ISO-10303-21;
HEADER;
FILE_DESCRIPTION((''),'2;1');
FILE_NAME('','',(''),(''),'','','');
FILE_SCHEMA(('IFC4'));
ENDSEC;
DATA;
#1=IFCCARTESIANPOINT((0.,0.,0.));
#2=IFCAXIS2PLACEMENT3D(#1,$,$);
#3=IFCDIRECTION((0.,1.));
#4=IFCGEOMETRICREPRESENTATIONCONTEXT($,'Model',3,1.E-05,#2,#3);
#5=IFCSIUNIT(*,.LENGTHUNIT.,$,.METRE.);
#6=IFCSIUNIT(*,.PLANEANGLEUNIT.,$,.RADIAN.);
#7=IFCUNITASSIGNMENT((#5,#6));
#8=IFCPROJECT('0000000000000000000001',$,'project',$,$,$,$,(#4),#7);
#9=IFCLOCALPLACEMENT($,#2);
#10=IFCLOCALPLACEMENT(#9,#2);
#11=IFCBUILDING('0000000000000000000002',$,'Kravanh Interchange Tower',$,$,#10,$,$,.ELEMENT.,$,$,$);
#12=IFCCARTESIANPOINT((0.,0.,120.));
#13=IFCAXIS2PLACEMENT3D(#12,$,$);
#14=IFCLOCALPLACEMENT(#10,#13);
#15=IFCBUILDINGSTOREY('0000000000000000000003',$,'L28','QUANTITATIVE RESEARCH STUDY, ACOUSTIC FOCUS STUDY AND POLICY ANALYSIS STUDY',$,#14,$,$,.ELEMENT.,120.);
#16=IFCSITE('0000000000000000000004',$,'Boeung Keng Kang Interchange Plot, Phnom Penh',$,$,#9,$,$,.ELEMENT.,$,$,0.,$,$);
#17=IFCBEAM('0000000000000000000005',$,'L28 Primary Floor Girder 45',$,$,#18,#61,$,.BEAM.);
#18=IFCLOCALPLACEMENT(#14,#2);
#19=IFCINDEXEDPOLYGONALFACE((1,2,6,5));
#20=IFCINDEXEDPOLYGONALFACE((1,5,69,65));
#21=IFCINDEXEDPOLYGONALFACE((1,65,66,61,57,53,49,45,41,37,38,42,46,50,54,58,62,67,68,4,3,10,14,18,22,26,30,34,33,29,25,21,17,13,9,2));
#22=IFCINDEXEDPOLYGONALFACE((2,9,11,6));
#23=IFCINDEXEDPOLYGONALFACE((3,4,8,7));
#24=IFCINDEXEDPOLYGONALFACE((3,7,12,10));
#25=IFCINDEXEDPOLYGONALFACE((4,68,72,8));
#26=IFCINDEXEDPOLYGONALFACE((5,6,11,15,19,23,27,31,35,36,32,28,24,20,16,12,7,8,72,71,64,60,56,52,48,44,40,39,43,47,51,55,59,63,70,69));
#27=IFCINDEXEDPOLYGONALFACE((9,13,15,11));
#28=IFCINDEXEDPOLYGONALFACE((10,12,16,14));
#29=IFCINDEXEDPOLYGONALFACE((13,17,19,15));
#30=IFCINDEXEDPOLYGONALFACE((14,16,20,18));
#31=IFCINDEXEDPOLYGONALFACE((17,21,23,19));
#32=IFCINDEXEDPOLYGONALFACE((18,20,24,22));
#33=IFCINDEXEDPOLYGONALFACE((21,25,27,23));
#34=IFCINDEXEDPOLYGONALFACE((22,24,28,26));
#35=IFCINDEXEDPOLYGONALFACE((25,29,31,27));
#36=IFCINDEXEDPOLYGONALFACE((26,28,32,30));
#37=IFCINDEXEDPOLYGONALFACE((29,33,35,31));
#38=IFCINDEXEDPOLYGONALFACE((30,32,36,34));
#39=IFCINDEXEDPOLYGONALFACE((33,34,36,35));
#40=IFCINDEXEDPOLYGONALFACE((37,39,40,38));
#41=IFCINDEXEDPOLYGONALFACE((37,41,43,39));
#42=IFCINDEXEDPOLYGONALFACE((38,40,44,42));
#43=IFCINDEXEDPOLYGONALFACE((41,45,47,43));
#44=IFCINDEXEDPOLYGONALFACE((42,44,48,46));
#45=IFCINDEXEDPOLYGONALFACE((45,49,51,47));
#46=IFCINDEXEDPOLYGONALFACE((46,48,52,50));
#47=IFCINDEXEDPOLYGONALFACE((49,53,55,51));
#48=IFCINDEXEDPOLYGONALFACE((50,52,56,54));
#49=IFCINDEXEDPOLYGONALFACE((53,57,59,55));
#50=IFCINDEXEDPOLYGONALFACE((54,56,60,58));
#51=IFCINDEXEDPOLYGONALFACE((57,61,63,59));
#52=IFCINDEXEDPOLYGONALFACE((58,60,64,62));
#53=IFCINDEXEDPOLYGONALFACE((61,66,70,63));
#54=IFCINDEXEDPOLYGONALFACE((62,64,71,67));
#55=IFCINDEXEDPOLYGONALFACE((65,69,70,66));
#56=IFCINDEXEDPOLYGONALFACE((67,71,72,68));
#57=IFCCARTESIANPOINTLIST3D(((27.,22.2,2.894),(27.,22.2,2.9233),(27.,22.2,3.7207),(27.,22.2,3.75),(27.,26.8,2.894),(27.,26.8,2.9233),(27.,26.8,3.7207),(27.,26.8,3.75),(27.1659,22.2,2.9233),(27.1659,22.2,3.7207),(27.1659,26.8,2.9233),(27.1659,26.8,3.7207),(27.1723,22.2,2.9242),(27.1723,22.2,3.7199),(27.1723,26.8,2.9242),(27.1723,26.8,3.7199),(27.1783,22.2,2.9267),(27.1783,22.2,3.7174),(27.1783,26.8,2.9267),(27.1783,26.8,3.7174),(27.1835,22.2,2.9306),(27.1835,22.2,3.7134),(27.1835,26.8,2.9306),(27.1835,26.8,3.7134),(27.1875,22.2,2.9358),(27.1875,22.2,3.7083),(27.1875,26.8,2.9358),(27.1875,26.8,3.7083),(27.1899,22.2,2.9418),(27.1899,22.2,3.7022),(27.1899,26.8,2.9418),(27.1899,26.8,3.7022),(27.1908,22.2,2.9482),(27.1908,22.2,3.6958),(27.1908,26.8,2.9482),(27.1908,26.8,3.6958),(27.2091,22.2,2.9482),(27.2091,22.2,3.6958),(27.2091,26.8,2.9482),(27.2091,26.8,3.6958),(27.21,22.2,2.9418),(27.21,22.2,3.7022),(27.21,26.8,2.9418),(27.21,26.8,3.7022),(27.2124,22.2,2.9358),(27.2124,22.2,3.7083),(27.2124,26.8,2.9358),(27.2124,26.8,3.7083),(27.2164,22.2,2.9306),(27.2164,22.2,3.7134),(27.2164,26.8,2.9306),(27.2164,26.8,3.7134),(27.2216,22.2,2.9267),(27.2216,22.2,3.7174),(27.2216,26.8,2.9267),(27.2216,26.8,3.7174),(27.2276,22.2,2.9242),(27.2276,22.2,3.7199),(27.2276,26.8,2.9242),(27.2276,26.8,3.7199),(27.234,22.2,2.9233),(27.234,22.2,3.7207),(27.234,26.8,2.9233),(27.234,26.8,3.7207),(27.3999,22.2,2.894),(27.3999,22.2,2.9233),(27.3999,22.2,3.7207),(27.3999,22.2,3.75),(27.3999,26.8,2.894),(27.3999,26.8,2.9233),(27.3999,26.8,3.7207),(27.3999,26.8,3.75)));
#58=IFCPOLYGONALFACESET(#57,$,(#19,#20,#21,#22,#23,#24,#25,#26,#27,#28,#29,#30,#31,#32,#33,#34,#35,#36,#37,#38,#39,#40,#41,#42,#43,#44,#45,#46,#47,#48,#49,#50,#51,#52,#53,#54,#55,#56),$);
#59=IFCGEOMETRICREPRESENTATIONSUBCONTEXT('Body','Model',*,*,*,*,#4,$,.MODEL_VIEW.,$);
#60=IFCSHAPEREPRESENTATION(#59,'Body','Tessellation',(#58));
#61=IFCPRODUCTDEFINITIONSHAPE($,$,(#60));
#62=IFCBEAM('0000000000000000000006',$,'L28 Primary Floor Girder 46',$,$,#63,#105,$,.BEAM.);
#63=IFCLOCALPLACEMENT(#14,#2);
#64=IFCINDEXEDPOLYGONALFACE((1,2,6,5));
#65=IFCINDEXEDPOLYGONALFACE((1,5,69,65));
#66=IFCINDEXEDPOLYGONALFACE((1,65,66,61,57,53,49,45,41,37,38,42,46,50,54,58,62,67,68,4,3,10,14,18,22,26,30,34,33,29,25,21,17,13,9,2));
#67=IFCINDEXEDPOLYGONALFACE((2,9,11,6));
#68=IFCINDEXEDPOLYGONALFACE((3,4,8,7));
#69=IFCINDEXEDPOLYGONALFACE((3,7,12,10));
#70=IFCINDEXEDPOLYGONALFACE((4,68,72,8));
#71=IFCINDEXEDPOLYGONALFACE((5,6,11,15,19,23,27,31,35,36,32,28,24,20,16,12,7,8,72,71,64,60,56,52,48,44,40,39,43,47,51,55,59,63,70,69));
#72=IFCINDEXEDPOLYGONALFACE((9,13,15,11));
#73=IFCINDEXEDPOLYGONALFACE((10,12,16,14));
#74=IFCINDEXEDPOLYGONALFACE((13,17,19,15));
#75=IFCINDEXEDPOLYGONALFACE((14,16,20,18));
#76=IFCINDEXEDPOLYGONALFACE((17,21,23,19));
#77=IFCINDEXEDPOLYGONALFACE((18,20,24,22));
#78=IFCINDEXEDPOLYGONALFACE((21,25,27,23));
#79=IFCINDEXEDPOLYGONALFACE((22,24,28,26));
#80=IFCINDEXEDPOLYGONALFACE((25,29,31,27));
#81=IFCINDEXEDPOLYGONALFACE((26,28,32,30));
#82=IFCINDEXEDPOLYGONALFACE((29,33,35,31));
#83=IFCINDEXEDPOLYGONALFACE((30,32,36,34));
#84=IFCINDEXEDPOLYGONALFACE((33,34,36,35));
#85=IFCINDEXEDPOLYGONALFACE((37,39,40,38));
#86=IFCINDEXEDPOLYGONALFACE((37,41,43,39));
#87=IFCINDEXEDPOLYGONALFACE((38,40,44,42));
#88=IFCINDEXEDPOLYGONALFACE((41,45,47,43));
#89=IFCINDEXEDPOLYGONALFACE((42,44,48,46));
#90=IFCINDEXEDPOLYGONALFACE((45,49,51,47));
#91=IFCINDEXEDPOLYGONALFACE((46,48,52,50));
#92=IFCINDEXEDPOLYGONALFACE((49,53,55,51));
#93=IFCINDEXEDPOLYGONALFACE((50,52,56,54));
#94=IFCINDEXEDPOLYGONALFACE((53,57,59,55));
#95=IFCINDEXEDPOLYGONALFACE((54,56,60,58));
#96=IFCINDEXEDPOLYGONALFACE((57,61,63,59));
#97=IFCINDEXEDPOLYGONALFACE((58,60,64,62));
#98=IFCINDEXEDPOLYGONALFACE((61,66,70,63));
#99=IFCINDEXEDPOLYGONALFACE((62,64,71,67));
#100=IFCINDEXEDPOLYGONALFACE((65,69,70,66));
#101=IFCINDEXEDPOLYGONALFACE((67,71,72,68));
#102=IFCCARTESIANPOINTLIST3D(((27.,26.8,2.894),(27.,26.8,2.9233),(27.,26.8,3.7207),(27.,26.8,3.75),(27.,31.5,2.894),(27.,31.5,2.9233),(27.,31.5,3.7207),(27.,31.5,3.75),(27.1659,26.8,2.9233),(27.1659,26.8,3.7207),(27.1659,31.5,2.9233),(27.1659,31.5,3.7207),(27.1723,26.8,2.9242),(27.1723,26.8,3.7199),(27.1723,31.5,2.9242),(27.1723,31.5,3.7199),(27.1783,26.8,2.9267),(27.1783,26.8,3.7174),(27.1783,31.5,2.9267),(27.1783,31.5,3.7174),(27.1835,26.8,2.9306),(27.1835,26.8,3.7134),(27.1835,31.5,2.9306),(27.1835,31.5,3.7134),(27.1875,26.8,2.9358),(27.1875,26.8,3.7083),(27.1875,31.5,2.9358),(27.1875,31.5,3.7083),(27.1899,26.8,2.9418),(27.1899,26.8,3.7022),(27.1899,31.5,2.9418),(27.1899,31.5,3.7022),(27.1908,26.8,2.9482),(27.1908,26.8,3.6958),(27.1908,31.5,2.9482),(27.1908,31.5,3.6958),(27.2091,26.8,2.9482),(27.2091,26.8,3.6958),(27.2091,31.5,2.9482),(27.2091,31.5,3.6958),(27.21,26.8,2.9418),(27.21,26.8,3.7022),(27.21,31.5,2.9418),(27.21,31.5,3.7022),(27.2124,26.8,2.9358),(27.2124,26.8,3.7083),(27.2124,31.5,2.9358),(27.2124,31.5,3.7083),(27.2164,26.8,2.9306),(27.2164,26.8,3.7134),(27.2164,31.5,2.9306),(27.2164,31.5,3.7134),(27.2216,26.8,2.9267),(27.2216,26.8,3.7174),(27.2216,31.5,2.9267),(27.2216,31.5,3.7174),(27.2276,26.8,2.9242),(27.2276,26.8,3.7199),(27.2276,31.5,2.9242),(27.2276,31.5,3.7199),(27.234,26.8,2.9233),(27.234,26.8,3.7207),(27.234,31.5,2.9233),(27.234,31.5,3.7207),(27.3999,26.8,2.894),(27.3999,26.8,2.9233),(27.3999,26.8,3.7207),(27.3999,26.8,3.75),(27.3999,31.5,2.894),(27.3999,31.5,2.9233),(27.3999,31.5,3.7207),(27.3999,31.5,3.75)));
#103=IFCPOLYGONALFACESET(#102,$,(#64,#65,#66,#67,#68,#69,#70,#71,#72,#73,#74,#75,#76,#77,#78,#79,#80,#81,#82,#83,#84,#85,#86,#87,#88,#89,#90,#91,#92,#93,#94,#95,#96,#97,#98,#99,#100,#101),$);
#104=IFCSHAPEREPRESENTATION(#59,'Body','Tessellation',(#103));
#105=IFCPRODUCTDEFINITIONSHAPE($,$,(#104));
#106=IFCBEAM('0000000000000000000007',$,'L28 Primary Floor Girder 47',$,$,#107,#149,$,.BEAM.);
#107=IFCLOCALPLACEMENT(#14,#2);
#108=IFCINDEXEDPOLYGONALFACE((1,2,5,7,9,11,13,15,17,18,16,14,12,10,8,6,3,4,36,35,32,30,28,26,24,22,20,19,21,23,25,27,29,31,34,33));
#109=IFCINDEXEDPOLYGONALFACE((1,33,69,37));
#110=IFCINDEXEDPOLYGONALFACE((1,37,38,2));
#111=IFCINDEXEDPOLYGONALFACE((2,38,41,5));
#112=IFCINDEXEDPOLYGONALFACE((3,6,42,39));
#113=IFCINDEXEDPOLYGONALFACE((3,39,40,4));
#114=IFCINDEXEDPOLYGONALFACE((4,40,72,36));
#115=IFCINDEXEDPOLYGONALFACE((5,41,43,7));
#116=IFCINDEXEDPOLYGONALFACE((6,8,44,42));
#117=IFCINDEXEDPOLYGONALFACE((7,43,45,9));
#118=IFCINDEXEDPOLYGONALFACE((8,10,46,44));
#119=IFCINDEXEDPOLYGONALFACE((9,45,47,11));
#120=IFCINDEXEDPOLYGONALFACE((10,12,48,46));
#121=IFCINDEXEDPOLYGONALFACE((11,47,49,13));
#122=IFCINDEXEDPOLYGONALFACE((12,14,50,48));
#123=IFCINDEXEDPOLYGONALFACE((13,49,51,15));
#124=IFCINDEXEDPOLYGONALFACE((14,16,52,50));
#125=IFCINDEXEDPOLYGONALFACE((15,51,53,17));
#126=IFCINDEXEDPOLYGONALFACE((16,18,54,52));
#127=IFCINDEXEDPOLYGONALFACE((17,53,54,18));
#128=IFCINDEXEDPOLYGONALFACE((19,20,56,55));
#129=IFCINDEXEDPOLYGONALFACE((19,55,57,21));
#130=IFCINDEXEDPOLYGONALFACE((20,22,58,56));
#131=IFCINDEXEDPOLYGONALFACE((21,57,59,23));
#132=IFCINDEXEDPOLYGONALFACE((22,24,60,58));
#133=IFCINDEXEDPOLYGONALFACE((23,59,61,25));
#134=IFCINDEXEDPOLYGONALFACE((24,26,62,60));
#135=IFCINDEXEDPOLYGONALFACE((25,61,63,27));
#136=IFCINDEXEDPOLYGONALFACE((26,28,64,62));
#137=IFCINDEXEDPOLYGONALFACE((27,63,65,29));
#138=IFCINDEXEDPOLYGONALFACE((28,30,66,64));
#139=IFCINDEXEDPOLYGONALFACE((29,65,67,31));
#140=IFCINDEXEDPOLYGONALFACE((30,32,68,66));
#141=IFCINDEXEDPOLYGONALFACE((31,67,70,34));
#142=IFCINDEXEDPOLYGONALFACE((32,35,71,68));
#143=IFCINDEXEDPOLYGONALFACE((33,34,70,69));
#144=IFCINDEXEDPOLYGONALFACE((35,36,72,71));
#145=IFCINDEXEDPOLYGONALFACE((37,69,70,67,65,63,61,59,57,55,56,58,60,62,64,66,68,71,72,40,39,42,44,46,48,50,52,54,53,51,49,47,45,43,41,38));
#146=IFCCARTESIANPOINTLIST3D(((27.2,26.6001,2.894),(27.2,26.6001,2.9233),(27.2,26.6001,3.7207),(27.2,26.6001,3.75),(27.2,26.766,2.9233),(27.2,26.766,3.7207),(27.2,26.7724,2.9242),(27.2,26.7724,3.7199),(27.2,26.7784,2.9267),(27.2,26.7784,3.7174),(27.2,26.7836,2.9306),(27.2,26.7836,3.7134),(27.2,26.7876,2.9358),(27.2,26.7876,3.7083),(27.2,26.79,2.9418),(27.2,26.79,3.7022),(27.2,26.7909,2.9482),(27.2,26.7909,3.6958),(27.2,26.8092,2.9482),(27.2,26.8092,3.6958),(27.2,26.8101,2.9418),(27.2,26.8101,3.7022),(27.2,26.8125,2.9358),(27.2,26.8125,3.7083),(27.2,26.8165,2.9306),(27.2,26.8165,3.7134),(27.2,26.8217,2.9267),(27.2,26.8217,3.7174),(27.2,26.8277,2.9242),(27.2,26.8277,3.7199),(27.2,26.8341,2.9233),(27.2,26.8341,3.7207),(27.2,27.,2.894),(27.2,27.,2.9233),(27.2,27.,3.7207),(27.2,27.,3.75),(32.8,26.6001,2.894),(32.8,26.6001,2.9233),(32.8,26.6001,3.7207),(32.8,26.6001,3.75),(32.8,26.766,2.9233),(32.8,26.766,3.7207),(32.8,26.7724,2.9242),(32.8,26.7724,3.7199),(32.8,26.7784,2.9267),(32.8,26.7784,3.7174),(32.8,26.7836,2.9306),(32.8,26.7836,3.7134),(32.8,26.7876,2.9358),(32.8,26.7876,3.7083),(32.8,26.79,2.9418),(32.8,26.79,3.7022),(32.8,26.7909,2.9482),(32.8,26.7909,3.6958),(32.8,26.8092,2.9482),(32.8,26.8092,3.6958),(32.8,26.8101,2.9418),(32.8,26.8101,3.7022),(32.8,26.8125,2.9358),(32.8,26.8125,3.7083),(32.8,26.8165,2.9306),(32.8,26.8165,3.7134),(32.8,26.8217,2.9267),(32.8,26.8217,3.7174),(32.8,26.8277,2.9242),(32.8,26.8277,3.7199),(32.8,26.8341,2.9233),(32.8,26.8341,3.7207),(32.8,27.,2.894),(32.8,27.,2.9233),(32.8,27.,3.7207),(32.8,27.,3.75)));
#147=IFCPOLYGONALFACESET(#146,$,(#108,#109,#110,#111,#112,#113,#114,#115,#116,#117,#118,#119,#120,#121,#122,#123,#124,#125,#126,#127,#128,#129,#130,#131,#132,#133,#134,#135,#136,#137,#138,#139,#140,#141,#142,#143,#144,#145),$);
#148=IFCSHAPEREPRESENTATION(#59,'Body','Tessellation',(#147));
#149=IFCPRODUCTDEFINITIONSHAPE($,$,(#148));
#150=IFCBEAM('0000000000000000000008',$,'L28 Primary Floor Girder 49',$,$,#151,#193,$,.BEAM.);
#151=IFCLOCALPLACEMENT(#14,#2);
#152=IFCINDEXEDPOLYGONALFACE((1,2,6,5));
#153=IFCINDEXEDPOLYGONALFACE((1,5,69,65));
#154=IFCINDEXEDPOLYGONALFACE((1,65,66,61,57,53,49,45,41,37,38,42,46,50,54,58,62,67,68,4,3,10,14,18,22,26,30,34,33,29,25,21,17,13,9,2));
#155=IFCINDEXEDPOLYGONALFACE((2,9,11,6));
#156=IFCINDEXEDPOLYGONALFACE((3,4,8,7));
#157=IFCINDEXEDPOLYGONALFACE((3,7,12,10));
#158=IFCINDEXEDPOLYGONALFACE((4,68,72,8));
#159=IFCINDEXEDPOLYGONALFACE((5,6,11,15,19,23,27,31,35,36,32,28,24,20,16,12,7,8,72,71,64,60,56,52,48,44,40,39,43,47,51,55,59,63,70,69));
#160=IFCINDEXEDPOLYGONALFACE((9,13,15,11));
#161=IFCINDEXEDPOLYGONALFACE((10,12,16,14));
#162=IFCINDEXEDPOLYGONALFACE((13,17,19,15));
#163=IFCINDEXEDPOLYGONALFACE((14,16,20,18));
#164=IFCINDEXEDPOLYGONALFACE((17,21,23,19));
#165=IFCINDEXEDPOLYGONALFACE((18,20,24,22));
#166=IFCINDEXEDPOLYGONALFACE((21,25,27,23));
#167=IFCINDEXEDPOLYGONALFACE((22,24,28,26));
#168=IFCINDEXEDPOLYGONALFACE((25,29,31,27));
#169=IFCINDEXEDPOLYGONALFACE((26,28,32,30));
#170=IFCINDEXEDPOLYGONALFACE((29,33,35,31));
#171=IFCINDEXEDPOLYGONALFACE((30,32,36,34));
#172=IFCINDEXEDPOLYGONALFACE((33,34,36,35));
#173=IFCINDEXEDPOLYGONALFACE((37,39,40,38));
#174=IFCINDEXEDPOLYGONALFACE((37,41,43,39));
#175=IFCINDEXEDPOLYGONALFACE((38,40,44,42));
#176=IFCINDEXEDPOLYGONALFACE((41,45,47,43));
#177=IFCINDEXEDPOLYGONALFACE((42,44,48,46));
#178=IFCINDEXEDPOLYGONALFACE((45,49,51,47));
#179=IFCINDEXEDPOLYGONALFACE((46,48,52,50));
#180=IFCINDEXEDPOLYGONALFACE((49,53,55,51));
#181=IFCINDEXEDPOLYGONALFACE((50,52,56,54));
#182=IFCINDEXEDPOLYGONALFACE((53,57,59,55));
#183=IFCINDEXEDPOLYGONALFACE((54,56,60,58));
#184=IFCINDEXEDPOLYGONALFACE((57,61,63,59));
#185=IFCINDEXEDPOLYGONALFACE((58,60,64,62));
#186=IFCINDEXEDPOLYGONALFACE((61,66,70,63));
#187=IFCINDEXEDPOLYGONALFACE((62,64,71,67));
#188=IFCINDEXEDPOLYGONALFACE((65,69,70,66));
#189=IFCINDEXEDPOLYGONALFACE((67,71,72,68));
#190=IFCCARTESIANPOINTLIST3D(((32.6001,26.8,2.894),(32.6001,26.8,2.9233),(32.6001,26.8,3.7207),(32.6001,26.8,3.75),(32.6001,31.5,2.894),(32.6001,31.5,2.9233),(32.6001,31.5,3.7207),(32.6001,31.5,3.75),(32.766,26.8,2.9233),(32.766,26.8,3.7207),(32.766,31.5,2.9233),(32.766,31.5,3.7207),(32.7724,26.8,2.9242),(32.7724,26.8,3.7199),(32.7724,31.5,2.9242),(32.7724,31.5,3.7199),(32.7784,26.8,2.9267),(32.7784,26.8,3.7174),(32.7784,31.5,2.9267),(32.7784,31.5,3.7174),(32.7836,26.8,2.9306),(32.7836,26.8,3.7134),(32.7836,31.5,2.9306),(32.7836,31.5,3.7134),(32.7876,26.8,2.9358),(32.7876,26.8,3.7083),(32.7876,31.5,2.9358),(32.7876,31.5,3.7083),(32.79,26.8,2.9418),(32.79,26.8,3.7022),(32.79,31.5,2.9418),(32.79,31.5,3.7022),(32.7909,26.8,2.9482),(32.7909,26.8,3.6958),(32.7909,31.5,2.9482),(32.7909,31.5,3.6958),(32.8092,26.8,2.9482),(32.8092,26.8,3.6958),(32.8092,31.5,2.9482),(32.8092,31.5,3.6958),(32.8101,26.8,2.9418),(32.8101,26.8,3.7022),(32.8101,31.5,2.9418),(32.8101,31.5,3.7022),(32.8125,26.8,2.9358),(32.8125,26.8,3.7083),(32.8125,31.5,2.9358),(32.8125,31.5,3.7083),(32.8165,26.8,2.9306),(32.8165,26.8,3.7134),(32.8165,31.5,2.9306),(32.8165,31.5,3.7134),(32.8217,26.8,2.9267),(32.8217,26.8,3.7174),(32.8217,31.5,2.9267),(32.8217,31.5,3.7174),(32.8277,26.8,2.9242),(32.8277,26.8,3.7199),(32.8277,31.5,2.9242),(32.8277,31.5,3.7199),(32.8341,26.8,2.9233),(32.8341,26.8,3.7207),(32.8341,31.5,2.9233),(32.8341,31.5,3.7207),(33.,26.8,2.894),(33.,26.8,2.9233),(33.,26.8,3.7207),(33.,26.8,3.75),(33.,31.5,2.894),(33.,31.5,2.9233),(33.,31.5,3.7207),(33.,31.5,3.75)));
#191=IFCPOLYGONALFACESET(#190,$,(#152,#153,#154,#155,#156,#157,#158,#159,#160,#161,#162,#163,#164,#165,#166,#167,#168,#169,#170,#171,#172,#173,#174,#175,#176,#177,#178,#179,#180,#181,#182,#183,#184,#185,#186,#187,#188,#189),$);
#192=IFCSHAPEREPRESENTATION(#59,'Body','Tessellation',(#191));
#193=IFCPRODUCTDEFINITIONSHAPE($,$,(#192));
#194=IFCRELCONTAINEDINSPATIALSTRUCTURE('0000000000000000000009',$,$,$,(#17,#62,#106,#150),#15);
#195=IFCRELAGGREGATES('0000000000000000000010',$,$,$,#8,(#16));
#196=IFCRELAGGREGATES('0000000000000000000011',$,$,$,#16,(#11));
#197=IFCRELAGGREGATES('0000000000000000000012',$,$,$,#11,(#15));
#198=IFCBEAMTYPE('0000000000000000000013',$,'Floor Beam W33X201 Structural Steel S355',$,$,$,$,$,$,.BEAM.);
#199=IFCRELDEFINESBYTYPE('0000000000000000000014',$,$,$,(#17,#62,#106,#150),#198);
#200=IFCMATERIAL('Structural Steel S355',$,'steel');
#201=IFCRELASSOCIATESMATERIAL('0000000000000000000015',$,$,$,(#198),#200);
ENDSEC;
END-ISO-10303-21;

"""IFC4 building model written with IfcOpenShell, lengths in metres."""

from ifc_helpers import new_model, si_unit, direction, frame, origin, origin_2d, place, context, subcontext, project, spatial, i_section, extrude, material, material_profile, profile_set, type_object, element, save


model = new_model("IFC4")

# Units and contexts
model_context = context("Model", 3, precision=1e-05, world=origin(), true_north=direction((0.0, 1.0)))
body_context = subcontext(model_context, "Body", "Model", "MODEL_VIEW")
ifc_project = project(units=[si_unit("LENGTHUNIT", "METRE"), si_unit("PLANEANGLEUNIT", "RADIAN")], contexts=[model_context])

# Site, building, storey
site_placement = place(None, origin())
site = spatial("IfcSite", under=ifc_project, at=site_placement, Name="Boeung Keng Kang Interchange Plot, Phnom Penh", CompositionType="ELEMENT", RefElevation=0.0)
building_placement = place(site_placement, origin())
building = spatial("IfcBuilding", under=site, at=building_placement, Name="Kravanh Interchange Tower", CompositionType="ELEMENT")
storey_placement = place(building_placement, frame((0.0, 0.0, 120.0)))
storey = spatial("IfcBuildingStorey", under=building, at=storey_placement, Name="L28", Description="QUANTITATIVE RESEARCH STUDY, ACOUSTIC FOCUS STUDY AND POLICY ANALYSIS STUDY", CompositionType="ELEMENT", Elevation=120.0)

# Beams
ifc_material_1 = material(Name="Structural Steel S355", Category="steel")
ifc_material_profile_1 = material_profile(ifc_material_1, i_section(OverallWidth=0.3999, OverallDepth=0.856, WebThickness=0.0183, FlangeThickness=0.0293, FilletRadius=0.0249, at=origin_2d()), Name="W33X201")
ifc_profile_set_1 = profile_set([ifc_material_profile_1], Name="Structural Steel S355")
beam_type_1 = type_object("IfcBeamType", Name="Floor Beam W33X201 Structural Steel S355", PredefinedType="BEAM", material=ifc_profile_set_1)
beam_1_placement = place(storey_placement, frame((27.2, 26.8, 3.322), z_axis=(0.0, -1.0, 0.0), x_axis=(1.0, 0.0, 0.0)))
element("IfcBeam", 1, at=beam_1_placement, inside=storey, type_object=beam_type_1, Name="L28 Primary Floor Girder 45", PredefinedType="BEAM", context=body_context, shape_type="SweptSolid", body=[
    extrude(i_section(OverallWidth=0.3999, OverallDepth=0.856, WebThickness=0.0183, FlangeThickness=0.0293, FilletRadius=0.0249, at=origin_2d()), origin(), (0.0, 0.0, 1.0), 4.6001),
])
beam_2_placement = place(storey_placement, frame((27.2, 26.8, 3.322), z_axis=(0.0, 1.0, 0.0), x_axis=(-1.0, 0.0, 0.0)))
element("IfcBeam", 2, at=beam_2_placement, inside=storey, type_object=beam_type_1, Name="L28 Primary Floor Girder 46", PredefinedType="BEAM", context=body_context, shape_type="SweptSolid", body=[
    extrude(i_section(OverallWidth=0.3999, OverallDepth=0.856, WebThickness=0.0183, FlangeThickness=0.0293, FilletRadius=0.0249, at=origin_2d()), origin(), (0.0, 0.0, 1.0), 4.7),
])
beam_3_placement = place(storey_placement, frame((27.2, 26.8, 3.322), z_axis=(1.0, 0.0, 0.0), x_axis=(0.0, 1.0, 0.0)))
element("IfcBeam", 3, at=beam_3_placement, inside=storey, type_object=beam_type_1, Name="L28 Primary Floor Girder 47", PredefinedType="BEAM", context=body_context, shape_type="SweptSolid", body=[
    extrude(i_section(OverallWidth=0.3999, OverallDepth=0.856, WebThickness=0.0183, FlangeThickness=0.0293, FilletRadius=0.0249, at=origin_2d()), origin(), (0.0, 0.0, 1.0), 5.6001),
])
beam_4_placement = place(storey_placement, frame((32.8, 26.8, 3.322), z_axis=(0.0, 1.0, 0.0), x_axis=(-1.0, 0.0, 0.0)))
element("IfcBeam", 4, at=beam_4_placement, inside=storey, type_object=beam_type_1, Name="L28 Primary Floor Girder 49", PredefinedType="BEAM", context=body_context, shape_type="SweptSolid", body=[
    extrude(i_section(OverallWidth=0.3999, OverallDepth=0.856, WebThickness=0.0183, FlangeThickness=0.0293, FilletRadius=0.0249, at=origin_2d()), origin(), (0.0, 0.0, 1.0), 4.7),
])

save(model, "model.ifc")
